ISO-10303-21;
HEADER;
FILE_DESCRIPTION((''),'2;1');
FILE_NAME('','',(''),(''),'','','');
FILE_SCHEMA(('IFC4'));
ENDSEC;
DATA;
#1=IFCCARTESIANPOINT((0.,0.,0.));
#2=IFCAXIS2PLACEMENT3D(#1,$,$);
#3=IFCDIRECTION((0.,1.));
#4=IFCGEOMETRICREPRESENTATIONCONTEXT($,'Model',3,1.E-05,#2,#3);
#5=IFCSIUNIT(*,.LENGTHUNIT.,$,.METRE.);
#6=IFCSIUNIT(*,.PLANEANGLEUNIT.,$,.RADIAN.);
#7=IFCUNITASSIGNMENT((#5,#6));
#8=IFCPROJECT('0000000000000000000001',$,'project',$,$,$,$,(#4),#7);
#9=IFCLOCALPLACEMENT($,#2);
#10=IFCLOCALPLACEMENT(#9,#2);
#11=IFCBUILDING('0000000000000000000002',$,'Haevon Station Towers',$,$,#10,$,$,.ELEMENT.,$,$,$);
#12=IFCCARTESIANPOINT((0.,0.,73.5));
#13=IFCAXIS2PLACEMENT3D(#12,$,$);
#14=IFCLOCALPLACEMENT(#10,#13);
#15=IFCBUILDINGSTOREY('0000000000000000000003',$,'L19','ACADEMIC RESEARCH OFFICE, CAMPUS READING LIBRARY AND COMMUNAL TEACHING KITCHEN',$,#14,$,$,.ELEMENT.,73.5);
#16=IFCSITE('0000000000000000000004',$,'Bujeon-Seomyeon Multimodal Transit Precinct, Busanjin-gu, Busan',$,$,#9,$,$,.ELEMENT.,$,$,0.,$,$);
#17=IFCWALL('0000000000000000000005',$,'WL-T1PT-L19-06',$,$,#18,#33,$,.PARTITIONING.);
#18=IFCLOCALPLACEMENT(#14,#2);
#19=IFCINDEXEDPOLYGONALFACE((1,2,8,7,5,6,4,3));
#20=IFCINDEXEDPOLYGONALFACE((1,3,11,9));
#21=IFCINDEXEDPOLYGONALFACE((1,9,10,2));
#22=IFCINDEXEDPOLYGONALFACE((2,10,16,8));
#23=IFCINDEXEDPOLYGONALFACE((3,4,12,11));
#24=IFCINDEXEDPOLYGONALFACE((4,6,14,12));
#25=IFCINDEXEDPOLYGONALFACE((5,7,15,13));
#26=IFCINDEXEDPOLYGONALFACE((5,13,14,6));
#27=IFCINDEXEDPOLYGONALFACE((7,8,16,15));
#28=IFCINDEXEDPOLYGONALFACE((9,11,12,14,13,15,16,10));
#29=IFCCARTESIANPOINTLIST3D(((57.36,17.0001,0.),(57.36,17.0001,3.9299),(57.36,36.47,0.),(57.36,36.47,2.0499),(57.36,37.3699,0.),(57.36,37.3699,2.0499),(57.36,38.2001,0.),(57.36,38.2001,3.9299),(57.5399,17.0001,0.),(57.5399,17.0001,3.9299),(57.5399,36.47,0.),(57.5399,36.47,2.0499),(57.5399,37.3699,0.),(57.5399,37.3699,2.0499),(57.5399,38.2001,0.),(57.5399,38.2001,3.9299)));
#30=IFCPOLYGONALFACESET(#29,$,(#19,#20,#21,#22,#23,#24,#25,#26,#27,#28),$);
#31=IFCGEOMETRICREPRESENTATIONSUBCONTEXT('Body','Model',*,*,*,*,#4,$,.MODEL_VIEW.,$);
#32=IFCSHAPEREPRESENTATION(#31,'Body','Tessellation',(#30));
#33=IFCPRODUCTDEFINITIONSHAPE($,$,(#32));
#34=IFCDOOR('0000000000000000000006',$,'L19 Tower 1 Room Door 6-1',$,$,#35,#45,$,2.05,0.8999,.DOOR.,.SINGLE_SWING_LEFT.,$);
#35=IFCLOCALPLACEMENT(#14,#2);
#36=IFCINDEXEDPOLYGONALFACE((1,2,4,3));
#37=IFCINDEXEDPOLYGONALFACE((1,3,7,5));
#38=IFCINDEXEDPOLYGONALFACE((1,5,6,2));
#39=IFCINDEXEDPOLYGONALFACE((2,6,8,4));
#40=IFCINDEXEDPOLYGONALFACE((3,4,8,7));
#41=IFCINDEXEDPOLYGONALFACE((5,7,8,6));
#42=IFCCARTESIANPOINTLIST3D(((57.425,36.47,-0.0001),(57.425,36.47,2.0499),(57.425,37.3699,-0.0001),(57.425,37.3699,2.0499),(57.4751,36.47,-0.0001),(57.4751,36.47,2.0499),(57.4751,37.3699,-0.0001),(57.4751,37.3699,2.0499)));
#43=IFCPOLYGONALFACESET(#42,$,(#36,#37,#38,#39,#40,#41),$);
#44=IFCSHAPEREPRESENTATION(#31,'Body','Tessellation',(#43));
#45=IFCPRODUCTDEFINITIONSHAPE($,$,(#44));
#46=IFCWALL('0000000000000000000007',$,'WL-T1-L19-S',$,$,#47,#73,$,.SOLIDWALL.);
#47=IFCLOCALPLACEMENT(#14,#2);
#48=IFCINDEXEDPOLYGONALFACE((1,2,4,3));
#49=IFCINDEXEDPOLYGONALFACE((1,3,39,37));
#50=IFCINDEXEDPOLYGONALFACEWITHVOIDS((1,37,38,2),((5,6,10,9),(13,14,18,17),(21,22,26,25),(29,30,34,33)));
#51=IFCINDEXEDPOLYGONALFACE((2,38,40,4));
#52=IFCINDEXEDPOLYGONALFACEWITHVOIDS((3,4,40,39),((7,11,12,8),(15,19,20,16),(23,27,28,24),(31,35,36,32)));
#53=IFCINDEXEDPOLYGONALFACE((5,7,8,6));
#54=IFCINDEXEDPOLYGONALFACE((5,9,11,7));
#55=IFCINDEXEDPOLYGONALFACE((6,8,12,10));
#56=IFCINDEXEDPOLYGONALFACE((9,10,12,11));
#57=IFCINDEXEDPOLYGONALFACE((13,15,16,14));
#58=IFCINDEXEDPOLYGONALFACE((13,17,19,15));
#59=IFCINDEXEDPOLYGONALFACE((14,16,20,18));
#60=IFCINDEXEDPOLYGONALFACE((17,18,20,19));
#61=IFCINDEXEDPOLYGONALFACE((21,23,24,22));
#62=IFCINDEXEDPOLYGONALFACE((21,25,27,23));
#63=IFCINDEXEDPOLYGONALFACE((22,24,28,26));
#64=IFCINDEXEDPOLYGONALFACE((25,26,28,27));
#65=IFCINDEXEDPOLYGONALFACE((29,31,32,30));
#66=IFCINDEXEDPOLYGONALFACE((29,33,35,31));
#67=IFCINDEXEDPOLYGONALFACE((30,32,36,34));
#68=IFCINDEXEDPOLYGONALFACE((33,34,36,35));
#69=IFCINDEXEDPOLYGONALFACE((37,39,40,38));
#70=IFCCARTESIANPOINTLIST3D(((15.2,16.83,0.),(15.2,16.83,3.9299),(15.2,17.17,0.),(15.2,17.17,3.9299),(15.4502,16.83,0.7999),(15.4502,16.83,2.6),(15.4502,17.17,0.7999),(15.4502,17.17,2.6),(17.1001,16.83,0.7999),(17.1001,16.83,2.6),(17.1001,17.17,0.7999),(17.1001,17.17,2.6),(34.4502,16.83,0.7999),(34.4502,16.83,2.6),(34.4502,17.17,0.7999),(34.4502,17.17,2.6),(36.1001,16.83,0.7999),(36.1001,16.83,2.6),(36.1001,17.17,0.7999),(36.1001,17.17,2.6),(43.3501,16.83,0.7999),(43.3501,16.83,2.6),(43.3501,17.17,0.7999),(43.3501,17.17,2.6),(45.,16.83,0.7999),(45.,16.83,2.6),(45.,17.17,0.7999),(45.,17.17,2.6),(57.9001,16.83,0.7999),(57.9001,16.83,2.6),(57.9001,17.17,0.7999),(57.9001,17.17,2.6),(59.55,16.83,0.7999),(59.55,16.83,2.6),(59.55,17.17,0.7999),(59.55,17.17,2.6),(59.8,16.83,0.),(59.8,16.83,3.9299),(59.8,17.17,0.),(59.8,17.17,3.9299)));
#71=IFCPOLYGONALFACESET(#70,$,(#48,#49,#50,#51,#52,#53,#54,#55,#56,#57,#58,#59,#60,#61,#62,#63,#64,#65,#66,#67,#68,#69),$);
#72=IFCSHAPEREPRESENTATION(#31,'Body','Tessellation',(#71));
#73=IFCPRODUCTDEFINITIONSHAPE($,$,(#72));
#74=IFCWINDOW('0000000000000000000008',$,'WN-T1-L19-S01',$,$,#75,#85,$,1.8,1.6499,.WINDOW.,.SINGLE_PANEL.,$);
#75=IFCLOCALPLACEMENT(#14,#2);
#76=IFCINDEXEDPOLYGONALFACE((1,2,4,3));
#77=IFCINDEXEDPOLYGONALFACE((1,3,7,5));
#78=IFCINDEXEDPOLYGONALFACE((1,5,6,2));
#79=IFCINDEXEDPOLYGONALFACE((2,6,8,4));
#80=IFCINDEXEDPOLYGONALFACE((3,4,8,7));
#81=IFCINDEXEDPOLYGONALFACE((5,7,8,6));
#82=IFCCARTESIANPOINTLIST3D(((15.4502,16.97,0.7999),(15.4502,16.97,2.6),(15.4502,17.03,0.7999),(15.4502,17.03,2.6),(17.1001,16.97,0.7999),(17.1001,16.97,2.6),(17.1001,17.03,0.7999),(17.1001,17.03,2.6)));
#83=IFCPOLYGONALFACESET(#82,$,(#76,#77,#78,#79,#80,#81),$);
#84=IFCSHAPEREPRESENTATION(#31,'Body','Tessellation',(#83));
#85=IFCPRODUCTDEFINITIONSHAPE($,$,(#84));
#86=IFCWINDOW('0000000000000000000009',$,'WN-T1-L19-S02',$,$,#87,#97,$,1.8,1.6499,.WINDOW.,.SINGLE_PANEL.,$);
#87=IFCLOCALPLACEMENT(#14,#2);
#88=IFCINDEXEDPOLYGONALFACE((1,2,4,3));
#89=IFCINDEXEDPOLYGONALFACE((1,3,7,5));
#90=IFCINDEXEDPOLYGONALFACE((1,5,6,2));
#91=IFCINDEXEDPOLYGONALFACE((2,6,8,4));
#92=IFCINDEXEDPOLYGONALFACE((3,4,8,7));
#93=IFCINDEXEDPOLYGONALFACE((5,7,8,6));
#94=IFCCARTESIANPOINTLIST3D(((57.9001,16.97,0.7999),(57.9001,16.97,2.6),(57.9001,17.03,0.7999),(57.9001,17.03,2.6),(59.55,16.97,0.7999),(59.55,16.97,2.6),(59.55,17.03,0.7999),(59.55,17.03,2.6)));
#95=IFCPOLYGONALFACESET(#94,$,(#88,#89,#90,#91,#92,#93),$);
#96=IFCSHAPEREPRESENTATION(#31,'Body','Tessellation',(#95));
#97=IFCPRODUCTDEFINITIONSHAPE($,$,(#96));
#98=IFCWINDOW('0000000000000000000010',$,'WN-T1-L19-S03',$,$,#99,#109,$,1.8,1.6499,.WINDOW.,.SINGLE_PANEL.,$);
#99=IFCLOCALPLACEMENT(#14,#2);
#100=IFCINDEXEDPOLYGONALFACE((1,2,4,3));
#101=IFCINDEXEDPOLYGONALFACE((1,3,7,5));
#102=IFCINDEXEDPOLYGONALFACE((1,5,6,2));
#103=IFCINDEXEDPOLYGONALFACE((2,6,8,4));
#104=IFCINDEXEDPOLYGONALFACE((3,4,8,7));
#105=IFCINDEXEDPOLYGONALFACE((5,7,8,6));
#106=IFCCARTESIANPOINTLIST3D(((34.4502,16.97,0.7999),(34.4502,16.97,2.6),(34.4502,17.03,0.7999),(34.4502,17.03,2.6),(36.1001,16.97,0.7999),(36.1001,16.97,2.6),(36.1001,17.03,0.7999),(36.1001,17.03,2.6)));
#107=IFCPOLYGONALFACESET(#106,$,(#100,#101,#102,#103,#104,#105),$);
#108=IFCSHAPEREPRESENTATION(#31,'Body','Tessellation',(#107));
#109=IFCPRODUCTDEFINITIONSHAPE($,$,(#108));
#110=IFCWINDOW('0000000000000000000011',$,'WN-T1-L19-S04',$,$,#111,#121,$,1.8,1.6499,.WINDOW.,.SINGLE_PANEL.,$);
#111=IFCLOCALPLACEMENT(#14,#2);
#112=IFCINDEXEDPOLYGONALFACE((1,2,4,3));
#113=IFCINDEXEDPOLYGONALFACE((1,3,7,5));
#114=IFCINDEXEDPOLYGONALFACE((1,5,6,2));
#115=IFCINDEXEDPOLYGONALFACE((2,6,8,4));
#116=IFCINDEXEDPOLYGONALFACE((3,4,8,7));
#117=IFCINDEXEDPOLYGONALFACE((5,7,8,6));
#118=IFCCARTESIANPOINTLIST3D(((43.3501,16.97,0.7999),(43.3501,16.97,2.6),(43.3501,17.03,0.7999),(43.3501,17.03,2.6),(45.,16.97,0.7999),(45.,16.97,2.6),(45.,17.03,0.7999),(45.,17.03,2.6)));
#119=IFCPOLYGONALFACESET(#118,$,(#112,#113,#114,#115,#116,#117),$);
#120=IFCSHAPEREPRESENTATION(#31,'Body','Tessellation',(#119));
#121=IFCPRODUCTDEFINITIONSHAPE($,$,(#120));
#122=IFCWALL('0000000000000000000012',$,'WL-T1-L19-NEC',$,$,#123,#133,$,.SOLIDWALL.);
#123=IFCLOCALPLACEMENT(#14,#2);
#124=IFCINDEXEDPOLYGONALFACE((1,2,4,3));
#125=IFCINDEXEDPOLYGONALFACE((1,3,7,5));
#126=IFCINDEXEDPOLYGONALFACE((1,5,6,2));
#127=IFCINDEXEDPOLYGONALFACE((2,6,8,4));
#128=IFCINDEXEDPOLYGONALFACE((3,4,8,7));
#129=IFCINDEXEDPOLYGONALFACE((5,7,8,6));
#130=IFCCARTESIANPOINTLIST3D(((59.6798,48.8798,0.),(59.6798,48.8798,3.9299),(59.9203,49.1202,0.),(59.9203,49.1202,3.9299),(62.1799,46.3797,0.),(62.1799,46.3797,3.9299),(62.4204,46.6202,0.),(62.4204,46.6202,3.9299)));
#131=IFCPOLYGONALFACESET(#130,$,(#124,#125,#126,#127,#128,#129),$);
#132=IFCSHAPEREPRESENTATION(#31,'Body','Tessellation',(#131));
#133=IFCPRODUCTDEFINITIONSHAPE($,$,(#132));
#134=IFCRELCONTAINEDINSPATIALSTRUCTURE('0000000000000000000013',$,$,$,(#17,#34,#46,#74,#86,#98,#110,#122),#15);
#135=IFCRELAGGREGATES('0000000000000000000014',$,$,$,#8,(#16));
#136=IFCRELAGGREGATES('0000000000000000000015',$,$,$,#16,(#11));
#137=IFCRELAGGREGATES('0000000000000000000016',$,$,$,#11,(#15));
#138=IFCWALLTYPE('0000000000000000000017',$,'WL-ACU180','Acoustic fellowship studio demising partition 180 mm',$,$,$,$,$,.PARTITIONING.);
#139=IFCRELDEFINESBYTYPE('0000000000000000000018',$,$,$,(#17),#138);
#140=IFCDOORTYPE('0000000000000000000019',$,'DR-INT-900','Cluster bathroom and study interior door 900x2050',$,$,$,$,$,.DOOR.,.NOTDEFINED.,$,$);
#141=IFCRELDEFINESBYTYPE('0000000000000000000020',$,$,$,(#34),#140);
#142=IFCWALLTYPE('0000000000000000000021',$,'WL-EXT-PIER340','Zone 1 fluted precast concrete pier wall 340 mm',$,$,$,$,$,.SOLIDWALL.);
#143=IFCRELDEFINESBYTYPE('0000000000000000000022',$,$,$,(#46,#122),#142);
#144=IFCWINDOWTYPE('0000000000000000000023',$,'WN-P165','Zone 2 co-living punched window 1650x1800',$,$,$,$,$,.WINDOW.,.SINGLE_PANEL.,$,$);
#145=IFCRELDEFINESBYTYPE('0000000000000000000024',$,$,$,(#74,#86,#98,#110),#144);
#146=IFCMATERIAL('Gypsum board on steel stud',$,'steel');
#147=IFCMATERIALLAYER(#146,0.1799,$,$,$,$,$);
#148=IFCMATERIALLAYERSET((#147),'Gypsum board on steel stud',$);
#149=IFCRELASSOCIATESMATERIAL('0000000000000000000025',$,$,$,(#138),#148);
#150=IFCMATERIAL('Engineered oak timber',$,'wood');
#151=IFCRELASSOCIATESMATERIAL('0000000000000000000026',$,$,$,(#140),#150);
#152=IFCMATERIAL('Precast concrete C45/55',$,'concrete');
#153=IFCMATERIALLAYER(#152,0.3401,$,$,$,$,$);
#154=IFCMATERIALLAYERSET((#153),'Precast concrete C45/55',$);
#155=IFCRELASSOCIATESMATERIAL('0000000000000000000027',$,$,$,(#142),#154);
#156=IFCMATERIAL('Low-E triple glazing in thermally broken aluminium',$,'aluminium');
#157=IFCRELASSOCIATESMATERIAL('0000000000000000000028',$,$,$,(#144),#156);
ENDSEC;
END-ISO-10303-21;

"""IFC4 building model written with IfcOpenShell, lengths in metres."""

from ifc_helpers import new_model, si_unit, direction, frame, frame_2d, origin, place, context, subcontext, project, spatial, rectangle, extrude, material, layer, layer_set, type_object, element, fill, save


model = new_model("IFC4")

# Units and contexts
model_context = context("Model", 3, precision=1e-05, world=origin(), true_north=direction((0.0, 1.0)))
body_context = subcontext(model_context, "Body", "Model", "MODEL_VIEW")
ifc_project = project(units=[si_unit("LENGTHUNIT", "METRE"), si_unit("PLANEANGLEUNIT", "RADIAN")], contexts=[model_context])

# Site, building, storey
site_placement = place(None, origin())
site = spatial("IfcSite", under=ifc_project, at=site_placement, Name="Bujeon-Seomyeon Multimodal Transit Precinct, Busanjin-gu, Busan", CompositionType="ELEMENT", RefElevation=0.0)
building_placement = place(site_placement, origin())
building = spatial("IfcBuilding", under=site, at=building_placement, Name="Haevon Station Towers", CompositionType="ELEMENT")
storey_placement = place(building_placement, frame((0.0, 0.0, 73.5)))
storey = spatial("IfcBuildingStorey", under=building, at=storey_placement, Name="L19", Description="ACADEMIC RESEARCH OFFICE, CAMPUS READING LIBRARY AND COMMUNAL TEACHING KITCHEN", CompositionType="ELEMENT", Elevation=73.5)

# Wall, opening, door
ifc_material_1 = material(Name="Gypsum board on steel stud", Category="steel")
ifc_layer_1 = layer(ifc_material_1, 0.1799)
ifc_layer_set_1 = layer_set([ifc_layer_1], Name="Gypsum board on steel stud")
wall_type_1 = type_object("IfcWallType", Name="WL-ACU180", Description="Acoustic fellowship studio demising partition 180 mm", PredefinedType="PARTITIONING", material=ifc_layer_set_1)
wall_1_placement = place(storey_placement, frame((57.45, 17.0, 0.0), z_axis=(0.0, 0.0, 1.0), x_axis=(0.0, 1.0, 0.0)))
wall_1 = element("IfcWall", 1, at=wall_1_placement, inside=storey, type_object=wall_type_1, Name="WL-T1PT-L19-06", PredefinedType="PARTITIONING", context=body_context, shape_type="SweptSolid", body=[
    extrude(rectangle(XDim=21.2, YDim=0.1799, at=frame_2d((10.6001, 0.0))), origin(), (0.0, 0.0, 1.0), 3.9299),
])
opening_1_placement = place(wall_1_placement, frame((19.47, 0.0, 0.0)))
opening_1 = element("IfcOpeningElement", 2, at=opening_1_placement, cuts=wall_1, PredefinedType="OPENING", context=body_context, shape_type="SweptSolid", body=[
    extrude(rectangle(XDim=0.8999, YDim=2.05, at=frame_2d((0.45, 1.0249))), frame((0.0, 0.0999, 0.0), z_axis=(0.0, -1.0, 0.0), x_axis=(1.0, 0.0, 0.0)), (0.0, 0.0, 1.0), 0.2),
])
ifc_material_2 = material(Name="Engineered oak timber", Category="wood")
door_type_1 = type_object("IfcDoorType", Name="DR-INT-900", Description="Cluster bathroom and study interior door 900x2050", OperationType="NOTDEFINED", PredefinedType="DOOR", material=ifc_material_2)
door_1_placement = place(opening_1_placement, origin())
door_1 = element("IfcDoor", 3, at=door_1_placement, inside=storey, type_object=door_type_1, Name="L19 Tower 1 Room Door 6-1", OperationType="SINGLE_SWING_LEFT", OverallHeight=2.05, OverallWidth=0.8999, PredefinedType="DOOR", context=body_context, shape_type="SweptSolid", body=[
    extrude(rectangle(XDim=0.8999, YDim=2.05, at=frame_2d((0.45, 1.0249))), frame((0.0, 0.0249, 0.0), z_axis=(0.0, -1.0, 0.0), x_axis=(1.0, 0.0, 0.0)), (0.0, 0.0, 1.0), 0.05),
])
fill(opening_1, door_1)

# Wall, openings, windows
ifc_material_3 = material(Name="Precast concrete C45/55", Category="concrete")
ifc_layer_2 = layer(ifc_material_3, 0.3401)
ifc_layer_set_2 = layer_set([ifc_layer_2], Name="Precast concrete C45/55")
wall_type_2 = type_object("IfcWallType", Name="WL-EXT-PIER340", Description="Zone 1 fluted precast concrete pier wall 340 mm", PredefinedType="SOLIDWALL", material=ifc_layer_set_2)
wall_2_placement = place(storey_placement, frame((59.8, 17.0, 0.0), z_axis=(0.0, 0.0, 1.0), x_axis=(-1.0, 0.0, 0.0)))
wall_2 = element("IfcWall", 4, at=wall_2_placement, inside=storey, type_object=wall_type_2, Name="WL-T1-L19-S", PredefinedType="SOLIDWALL", context=body_context, shape_type="SweptSolid", body=[
    extrude(rectangle(XDim=44.6001, YDim=0.3401, at=frame_2d((22.3, 0.0))), origin(), (0.0, 0.0, 1.0), 3.9299),
])
opening_2_placement = place(wall_2_placement, frame((42.7, 0.0, 0.8)))
opening_2 = element("IfcOpeningElement", 5, at=opening_2_placement, cuts=wall_2, PredefinedType="OPENING", context=body_context, shape_type="SweptSolid", body=[
    extrude(rectangle(XDim=1.6499, YDim=1.8, at=frame_2d((0.825, 0.8999))), frame((0.0, 0.1799, 0.0), z_axis=(0.0, -1.0, 0.0), x_axis=(1.0, 0.0, 0.0)), (0.0, 0.0, 1.0), 0.3601),
])
opening_3_placement = place(wall_2_placement, frame((0.25, 0.0, 0.8)))
opening_3 = element("IfcOpeningElement", 6, at=opening_3_placement, cuts=wall_2, PredefinedType="OPENING", context=body_context, shape_type="SweptSolid", body=[
    extrude(rectangle(XDim=1.6499, YDim=1.8, at=frame_2d((0.825, 0.8999))), frame((0.0, 0.1799, 0.0), z_axis=(0.0, -1.0, 0.0), x_axis=(1.0, 0.0, 0.0)), (0.0, 0.0, 1.0), 0.3601),
])
opening_4_placement = place(wall_2_placement, frame((23.7, 0.0, 0.8)))
opening_4 = element("IfcOpeningElement", 7, at=opening_4_placement, cuts=wall_2, PredefinedType="OPENING", context=body_context, shape_type="SweptSolid", body=[
    extrude(rectangle(XDim=1.6499, YDim=1.8, at=frame_2d((0.825, 0.8999))), frame((0.0, 0.1799, 0.0), z_axis=(0.0, -1.0, 0.0), x_axis=(1.0, 0.0, 0.0)), (0.0, 0.0, 1.0), 0.3601),
])
opening_5_placement = place(wall_2_placement, frame((14.8, 0.0, 0.8)))
opening_5 = element("IfcOpeningElement", 8, at=opening_5_placement, cuts=wall_2, PredefinedType="OPENING", context=body_context, shape_type="SweptSolid", body=[
    extrude(rectangle(XDim=1.6499, YDim=1.8, at=frame_2d((0.825, 0.8999))), frame((0.0, 0.1799, 0.0), z_axis=(0.0, -1.0, 0.0), x_axis=(1.0, 0.0, 0.0)), (0.0, 0.0, 1.0), 0.3601),
])
ifc_material_4 = material(Name="Low-E triple glazing in thermally broken aluminium", Category="aluminium")
window_type_1 = type_object("IfcWindowType", Name="WN-P165", Description="Zone 2 co-living punched window 1650x1800", PartitioningType="SINGLE_PANEL", PredefinedType="WINDOW", material=ifc_material_4)
window_1_placement = place(opening_2_placement, origin())
window_1 = element("IfcWindow", 9, at=window_1_placement, inside=storey, type_object=window_type_1, Name="WN-T1-L19-S01", OverallHeight=1.8, OverallWidth=1.6499, PartitioningType="SINGLE_PANEL", PredefinedType="WINDOW", context=body_context, shape_type="SweptSolid", body=[
    extrude(rectangle(XDim=1.6499, YDim=1.8, at=frame_2d((0.825, 0.8999))), frame((0.0, 0.03, 0.0), z_axis=(0.0, -1.0, 0.0), x_axis=(1.0, 0.0, 0.0)), (0.0, 0.0, 1.0), 0.0601),
])
fill(opening_2, window_1)
window_2_placement = place(opening_3_placement, origin())
window_2 = element("IfcWindow", 10, at=window_2_placement, inside=storey, type_object=window_type_1, Name="WN-T1-L19-S02", OverallHeight=1.8, OverallWidth=1.6499, PartitioningType="SINGLE_PANEL", PredefinedType="WINDOW", context=body_context, shape_type="SweptSolid", body=[
    extrude(rectangle(XDim=1.6499, YDim=1.8, at=frame_2d((0.825, 0.8999))), frame((0.0, 0.03, 0.0), z_axis=(0.0, -1.0, 0.0), x_axis=(1.0, 0.0, 0.0)), (0.0, 0.0, 1.0), 0.0601),
])
fill(opening_3, window_2)
window_3_placement = place(opening_4_placement, origin())
window_3 = element("IfcWindow", 11, at=window_3_placement, inside=storey, type_object=window_type_1, Name="WN-T1-L19-S03", OverallHeight=1.8, OverallWidth=1.6499, PartitioningType="SINGLE_PANEL", PredefinedType="WINDOW", context=body_context, shape_type="SweptSolid", body=[
    extrude(rectangle(XDim=1.6499, YDim=1.8, at=frame_2d((0.825, 0.8999))), frame((0.0, 0.03, 0.0), z_axis=(0.0, -1.0, 0.0), x_axis=(1.0, 0.0, 0.0)), (0.0, 0.0, 1.0), 0.0601),
])
fill(opening_4, window_3)
window_4_placement = place(opening_5_placement, origin())
window_4 = element("IfcWindow", 12, at=window_4_placement, inside=storey, type_object=window_type_1, Name="WN-T1-L19-S04", OverallHeight=1.8, OverallWidth=1.6499, PartitioningType="SINGLE_PANEL", PredefinedType="WINDOW", context=body_context, shape_type="SweptSolid", body=[
    extrude(rectangle(XDim=1.6499, YDim=1.8, at=frame_2d((0.825, 0.8999))), frame((0.0, 0.03, 0.0), z_axis=(0.0, -1.0, 0.0), x_axis=(1.0, 0.0, 0.0)), (0.0, 0.0, 1.0), 0.0601),
])
fill(opening_5, window_4)

# Wall
wall_3_placement = place(storey_placement, frame((59.8, 49.0, 0.0), z_axis=(0.0, 0.0, 1.0), x_axis=(0.707107, -0.707107, 0.0)))
element("IfcWall", 13, at=wall_3_placement, inside=storey, type_object=wall_type_2, Name="WL-T1-L19-NEC", PredefinedType="SOLIDWALL", context=body_context, shape_type="SweptSolid", body=[
    extrude(rectangle(XDim=3.5356, YDim=0.3401, at=frame_2d((1.7678, 0.0))), origin(), (0.0, 0.0, 1.0), 3.9299),
])

save(model, "model.ifc")
